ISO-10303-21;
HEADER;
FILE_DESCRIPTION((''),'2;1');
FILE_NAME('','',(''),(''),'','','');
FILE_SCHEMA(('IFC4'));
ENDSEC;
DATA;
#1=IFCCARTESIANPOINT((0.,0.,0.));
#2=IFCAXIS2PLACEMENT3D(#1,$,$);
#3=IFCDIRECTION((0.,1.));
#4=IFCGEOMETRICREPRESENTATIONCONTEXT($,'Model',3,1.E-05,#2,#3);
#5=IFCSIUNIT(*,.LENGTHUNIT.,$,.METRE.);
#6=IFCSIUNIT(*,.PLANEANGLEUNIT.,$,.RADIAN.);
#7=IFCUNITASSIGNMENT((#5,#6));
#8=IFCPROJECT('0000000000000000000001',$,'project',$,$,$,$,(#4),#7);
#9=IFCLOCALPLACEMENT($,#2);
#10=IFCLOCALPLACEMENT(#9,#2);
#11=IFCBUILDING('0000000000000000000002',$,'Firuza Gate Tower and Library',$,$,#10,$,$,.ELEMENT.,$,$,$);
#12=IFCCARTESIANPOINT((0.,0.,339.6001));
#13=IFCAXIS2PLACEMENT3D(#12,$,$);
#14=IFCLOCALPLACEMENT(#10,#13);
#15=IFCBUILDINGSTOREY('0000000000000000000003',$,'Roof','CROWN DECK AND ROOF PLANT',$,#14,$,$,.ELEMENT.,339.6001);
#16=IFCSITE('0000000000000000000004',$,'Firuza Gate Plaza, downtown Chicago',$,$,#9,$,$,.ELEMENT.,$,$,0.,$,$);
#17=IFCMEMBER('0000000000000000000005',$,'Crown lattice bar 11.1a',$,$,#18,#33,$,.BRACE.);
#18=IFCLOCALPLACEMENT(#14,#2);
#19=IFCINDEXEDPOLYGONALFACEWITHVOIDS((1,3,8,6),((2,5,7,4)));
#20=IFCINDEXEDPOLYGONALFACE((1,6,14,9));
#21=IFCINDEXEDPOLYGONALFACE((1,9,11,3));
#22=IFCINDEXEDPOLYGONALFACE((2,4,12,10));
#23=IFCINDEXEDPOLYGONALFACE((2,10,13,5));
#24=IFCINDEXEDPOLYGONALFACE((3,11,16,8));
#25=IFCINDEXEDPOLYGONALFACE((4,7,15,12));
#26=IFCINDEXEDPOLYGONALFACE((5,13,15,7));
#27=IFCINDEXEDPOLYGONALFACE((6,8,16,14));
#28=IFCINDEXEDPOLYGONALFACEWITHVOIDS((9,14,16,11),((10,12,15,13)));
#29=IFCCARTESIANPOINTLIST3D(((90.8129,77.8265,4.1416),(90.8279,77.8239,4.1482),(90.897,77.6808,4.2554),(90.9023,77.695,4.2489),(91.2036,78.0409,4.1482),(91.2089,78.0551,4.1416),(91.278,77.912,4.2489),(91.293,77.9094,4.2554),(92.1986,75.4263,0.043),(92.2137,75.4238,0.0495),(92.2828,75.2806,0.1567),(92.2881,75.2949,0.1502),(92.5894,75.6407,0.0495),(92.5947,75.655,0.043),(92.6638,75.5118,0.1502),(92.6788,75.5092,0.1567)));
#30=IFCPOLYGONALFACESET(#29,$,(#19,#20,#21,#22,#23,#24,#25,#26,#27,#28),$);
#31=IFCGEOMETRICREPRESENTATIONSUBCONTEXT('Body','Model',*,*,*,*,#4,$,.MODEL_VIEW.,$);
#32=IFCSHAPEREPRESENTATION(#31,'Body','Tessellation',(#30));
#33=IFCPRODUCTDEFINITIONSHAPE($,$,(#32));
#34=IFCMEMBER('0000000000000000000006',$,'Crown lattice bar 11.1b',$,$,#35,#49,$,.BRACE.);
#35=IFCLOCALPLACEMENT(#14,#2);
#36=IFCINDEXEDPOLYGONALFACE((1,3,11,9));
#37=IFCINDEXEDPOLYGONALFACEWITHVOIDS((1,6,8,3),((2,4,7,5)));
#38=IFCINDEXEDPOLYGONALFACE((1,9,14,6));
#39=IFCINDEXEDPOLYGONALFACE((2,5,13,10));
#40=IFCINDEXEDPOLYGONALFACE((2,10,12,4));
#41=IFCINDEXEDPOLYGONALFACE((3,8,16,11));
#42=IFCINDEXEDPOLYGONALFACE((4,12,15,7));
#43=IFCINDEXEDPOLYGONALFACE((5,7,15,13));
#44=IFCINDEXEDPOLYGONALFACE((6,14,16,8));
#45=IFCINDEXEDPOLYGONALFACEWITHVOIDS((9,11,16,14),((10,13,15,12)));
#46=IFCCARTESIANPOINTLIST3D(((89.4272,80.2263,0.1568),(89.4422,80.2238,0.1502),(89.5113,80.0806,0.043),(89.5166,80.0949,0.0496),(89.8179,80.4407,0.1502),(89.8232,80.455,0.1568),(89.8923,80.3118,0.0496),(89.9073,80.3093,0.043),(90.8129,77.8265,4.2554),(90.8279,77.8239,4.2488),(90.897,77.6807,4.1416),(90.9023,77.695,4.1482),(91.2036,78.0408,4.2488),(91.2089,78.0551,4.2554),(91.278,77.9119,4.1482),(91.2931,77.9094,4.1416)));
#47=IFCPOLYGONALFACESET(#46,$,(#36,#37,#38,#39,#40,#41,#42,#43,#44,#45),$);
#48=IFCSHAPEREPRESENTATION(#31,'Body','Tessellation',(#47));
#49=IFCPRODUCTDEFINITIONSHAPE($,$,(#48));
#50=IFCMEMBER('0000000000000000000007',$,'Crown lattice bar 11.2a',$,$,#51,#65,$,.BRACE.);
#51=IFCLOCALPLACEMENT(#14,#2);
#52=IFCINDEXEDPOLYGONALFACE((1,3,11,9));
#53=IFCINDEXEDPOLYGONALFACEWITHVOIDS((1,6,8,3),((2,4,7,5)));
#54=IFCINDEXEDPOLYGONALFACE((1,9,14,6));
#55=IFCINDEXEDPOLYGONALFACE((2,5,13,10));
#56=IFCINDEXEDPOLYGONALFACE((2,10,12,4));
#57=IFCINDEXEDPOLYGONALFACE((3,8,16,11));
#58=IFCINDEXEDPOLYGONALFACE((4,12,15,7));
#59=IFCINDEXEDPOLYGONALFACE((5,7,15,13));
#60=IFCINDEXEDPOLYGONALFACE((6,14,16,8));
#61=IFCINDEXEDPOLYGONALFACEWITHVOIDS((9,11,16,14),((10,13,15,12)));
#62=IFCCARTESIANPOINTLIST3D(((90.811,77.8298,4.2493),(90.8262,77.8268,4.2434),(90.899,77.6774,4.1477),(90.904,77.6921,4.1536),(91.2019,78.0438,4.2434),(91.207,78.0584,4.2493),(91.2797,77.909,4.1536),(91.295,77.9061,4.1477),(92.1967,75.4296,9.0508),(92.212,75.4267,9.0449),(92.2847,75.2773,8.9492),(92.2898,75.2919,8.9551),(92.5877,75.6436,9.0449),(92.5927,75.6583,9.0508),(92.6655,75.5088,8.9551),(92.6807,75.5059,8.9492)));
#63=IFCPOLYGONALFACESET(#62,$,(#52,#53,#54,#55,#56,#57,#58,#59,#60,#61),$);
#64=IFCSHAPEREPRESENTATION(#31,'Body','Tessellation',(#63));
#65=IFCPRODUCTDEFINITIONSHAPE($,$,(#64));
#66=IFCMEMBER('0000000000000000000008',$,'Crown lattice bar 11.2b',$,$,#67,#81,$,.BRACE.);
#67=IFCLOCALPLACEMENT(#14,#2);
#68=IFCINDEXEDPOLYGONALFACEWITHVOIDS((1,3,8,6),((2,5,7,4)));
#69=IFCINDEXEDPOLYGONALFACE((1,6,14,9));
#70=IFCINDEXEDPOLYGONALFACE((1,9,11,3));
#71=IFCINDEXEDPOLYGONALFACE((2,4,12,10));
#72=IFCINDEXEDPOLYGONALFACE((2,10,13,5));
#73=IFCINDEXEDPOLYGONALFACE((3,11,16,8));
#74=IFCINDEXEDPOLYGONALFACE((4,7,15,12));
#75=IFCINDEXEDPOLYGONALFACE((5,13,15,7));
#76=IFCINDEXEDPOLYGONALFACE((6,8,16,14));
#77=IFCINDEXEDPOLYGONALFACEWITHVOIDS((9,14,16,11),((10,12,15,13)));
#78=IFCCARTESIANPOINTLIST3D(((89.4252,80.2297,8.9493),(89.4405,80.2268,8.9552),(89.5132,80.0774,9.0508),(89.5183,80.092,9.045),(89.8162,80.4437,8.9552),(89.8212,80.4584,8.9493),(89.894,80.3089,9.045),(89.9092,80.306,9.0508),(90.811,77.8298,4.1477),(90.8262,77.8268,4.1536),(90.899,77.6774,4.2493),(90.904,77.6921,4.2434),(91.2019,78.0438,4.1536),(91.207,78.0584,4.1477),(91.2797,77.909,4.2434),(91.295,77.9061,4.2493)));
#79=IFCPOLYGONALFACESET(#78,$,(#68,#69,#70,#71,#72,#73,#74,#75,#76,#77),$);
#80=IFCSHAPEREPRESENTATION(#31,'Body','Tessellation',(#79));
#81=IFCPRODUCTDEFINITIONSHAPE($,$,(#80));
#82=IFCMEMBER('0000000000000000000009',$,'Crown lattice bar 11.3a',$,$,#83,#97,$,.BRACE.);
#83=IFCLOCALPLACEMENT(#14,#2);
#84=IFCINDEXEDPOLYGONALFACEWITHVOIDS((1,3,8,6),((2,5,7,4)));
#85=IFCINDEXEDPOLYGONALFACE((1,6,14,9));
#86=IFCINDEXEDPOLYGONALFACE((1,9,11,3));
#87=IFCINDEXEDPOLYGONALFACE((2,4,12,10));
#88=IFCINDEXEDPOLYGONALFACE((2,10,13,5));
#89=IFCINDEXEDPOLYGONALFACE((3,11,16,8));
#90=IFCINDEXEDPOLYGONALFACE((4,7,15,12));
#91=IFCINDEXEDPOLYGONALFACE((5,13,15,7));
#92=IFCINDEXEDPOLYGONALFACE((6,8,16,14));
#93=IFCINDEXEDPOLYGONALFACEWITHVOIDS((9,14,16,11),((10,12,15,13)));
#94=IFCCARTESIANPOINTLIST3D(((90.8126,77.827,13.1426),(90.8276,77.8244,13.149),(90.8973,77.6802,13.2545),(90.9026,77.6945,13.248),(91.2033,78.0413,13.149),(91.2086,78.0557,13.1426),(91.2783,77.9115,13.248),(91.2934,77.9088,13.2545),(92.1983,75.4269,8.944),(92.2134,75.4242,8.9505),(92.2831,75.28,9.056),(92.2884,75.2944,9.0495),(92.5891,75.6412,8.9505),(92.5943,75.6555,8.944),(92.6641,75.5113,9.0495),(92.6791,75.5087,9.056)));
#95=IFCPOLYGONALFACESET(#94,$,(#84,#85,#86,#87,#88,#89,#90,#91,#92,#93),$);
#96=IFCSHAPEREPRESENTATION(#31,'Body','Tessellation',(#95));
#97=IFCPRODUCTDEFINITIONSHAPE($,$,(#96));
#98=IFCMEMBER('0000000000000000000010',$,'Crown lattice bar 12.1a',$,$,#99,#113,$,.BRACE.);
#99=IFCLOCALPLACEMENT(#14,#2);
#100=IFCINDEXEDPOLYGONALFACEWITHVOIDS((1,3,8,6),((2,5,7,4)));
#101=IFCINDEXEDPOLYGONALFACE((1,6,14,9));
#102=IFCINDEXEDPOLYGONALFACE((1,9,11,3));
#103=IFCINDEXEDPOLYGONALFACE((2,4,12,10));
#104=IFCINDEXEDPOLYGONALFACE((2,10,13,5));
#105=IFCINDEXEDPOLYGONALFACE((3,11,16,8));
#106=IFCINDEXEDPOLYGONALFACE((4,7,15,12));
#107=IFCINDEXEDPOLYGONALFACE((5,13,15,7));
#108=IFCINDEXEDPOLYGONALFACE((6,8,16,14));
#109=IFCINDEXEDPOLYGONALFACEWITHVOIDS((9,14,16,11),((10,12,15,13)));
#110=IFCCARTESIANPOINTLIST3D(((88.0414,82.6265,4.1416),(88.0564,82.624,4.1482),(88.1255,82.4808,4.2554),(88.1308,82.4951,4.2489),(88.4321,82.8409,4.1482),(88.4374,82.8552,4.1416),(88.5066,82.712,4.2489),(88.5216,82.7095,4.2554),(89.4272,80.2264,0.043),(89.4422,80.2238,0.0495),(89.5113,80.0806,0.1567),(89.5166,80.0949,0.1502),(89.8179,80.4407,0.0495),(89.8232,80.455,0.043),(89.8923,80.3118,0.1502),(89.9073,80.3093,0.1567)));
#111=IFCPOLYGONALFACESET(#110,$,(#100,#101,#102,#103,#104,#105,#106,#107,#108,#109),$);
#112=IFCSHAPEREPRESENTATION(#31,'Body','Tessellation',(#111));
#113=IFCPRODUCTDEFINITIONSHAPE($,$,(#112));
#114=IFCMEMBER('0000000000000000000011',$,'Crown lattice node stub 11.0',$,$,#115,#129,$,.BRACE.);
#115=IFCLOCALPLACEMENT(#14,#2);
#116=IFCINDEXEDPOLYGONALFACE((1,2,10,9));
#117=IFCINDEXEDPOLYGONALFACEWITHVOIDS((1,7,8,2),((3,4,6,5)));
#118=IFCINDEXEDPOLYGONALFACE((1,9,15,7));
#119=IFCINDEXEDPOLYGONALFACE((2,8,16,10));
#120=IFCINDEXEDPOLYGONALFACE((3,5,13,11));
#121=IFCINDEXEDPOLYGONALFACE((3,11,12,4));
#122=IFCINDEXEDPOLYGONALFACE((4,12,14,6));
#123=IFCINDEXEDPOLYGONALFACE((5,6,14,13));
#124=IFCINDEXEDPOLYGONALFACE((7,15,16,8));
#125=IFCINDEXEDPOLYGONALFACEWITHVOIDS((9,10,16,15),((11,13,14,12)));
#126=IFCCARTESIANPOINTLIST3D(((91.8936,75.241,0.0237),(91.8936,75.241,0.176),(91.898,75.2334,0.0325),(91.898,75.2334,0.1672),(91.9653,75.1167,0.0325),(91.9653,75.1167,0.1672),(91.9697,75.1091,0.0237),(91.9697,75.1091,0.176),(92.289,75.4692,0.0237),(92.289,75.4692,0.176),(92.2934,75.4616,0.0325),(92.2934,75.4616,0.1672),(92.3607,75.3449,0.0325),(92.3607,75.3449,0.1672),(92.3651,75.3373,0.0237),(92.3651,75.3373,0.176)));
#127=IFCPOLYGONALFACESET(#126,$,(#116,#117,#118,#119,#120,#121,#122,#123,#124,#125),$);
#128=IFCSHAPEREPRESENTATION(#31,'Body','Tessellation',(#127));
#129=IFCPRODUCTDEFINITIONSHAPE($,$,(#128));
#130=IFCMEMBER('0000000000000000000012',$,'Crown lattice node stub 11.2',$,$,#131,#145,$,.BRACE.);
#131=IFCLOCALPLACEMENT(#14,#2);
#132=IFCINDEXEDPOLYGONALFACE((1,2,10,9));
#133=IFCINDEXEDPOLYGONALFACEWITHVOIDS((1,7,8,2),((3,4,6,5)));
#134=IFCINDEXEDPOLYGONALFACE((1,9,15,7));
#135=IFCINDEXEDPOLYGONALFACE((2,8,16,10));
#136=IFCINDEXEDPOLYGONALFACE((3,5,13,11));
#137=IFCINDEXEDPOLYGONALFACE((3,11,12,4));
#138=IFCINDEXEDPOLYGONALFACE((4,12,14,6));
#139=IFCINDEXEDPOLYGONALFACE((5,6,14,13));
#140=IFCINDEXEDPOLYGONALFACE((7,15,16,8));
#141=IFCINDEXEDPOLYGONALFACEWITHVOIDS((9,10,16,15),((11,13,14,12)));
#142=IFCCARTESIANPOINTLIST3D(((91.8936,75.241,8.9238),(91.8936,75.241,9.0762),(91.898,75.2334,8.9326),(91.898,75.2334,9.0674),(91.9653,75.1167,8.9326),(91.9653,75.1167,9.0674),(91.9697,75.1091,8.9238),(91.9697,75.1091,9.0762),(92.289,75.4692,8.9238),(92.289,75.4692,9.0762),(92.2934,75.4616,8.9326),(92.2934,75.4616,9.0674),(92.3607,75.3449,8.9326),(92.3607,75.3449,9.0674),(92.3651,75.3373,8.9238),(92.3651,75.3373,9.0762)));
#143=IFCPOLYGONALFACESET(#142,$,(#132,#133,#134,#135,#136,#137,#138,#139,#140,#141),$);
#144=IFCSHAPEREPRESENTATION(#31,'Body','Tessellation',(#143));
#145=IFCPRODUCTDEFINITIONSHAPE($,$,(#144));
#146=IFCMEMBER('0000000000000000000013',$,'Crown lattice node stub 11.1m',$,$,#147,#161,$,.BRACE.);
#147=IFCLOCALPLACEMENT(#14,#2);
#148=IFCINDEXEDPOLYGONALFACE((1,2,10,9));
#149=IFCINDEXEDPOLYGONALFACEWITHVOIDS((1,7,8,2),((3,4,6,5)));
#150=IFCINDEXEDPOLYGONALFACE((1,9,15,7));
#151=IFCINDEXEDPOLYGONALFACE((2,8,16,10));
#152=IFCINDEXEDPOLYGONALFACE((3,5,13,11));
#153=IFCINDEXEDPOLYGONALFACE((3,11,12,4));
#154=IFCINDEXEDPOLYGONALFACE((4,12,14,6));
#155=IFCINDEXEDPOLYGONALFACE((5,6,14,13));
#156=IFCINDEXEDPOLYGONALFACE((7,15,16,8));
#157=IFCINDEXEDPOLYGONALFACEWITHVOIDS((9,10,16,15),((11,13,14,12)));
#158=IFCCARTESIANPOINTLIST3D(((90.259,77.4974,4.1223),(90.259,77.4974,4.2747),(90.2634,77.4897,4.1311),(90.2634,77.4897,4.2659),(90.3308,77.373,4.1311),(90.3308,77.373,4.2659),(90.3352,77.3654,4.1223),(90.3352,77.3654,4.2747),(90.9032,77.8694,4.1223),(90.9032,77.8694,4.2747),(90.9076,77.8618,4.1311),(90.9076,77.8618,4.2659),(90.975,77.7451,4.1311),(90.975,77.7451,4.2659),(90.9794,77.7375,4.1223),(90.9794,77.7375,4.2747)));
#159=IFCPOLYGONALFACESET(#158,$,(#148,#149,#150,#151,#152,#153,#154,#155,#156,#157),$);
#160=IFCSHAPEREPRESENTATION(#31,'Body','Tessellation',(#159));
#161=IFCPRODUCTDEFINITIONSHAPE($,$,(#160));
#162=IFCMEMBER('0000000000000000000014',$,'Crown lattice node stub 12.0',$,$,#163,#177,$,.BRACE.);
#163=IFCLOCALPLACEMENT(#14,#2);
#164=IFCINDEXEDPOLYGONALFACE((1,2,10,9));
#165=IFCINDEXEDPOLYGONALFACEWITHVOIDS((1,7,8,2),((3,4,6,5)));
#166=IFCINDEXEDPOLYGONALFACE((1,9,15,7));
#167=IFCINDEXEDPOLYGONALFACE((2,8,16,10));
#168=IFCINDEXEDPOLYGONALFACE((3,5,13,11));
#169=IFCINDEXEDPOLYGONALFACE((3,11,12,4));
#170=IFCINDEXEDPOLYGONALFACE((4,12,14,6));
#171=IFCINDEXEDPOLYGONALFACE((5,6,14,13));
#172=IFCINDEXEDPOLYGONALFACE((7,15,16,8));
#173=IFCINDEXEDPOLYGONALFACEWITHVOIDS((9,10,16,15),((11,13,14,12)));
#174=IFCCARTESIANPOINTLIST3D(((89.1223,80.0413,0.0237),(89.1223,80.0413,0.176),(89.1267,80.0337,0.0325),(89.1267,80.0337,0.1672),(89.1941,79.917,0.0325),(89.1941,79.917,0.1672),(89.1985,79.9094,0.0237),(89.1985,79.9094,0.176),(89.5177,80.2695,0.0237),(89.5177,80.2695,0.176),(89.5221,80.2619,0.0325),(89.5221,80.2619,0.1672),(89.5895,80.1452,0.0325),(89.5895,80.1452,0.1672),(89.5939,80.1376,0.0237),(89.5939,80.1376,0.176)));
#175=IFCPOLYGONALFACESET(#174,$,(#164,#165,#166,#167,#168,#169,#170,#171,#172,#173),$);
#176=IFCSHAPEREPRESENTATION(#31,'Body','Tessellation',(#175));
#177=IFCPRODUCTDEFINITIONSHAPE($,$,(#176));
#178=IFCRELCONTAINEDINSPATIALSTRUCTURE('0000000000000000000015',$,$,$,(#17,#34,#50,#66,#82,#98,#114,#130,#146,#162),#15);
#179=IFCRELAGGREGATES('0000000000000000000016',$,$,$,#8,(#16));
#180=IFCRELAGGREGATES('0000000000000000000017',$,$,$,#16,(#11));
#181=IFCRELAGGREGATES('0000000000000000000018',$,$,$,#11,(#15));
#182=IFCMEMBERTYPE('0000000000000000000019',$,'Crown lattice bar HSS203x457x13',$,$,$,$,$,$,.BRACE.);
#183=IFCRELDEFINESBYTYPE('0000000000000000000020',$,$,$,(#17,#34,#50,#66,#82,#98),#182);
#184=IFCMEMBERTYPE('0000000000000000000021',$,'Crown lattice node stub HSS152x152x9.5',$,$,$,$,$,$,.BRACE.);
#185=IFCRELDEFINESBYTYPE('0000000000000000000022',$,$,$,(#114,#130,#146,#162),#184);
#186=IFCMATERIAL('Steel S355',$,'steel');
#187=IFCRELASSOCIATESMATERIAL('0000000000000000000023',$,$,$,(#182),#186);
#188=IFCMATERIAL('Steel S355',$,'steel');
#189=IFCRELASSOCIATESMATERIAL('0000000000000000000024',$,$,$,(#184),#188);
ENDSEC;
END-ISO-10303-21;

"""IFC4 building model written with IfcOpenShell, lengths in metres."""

from ifc_helpers import new_model, si_unit, direction, frame, origin, origin_2d, place, context, subcontext, project, spatial, hollow_rectangle, extrude, material, material_profile, profile_set, type_object, element, save


model = new_model("IFC4")

# Units and contexts
model_context = context("Model", 3, precision=1e-05, world=origin(), true_north=direction((0.0, 1.0)))
body_context = subcontext(model_context, "Body", "Model", "MODEL_VIEW")
ifc_project = project(units=[si_unit("LENGTHUNIT", "METRE"), si_unit("PLANEANGLEUNIT", "RADIAN")], contexts=[model_context])

# Site, building, storey
site_placement = place(None, origin())
site = spatial("IfcSite", under=ifc_project, at=site_placement, Name="Firuza Gate Plaza, downtown Chicago", CompositionType="ELEMENT", RefElevation=0.0)
building_placement = place(site_placement, origin())
building = spatial("IfcBuilding", under=site, at=building_placement, Name="Firuza Gate Tower and Library", CompositionType="ELEMENT")
storey_placement = place(building_placement, frame((0.0, 0.0, 339.6001)))
storey = spatial("IfcBuildingStorey", under=building, at=storey_placement, Name="Roof", Description="CROWN DECK AND ROOF PLANT", CompositionType="ELEMENT", Elevation=339.6001)

# Members
ifc_material_1 = material(Name="Steel S355", Category="steel")
ifc_material_profile_1 = material_profile(ifc_material_1, hollow_rectangle(XDim=0.4573, YDim=0.2031, WallThickness=0.0117, at=origin_2d()))
ifc_profile_set_1 = profile_set([ifc_material_profile_1], Name="Steel S355")
member_type_1 = type_object("IfcMemberType", Name="Crown lattice bar HSS203x457x13", PredefinedType="BRACE", material=ifc_profile_set_1)
member_1_placement = place(storey_placement, frame((92.4387, 75.4678, 0.0999), z_axis=(-0.280078, 0.485103, 0.828391), x_axis=(-0.866023, -0.500005, 0.0)))
element("IfcMember", 1, at=member_1_placement, inside=storey, type_object=member_type_1, Name="Crown lattice bar 11.1a", PredefinedType="BRACE", context=body_context, shape_type="SweptSolid", body=[
    extrude(hollow_rectangle(XDim=0.4573, YDim=0.2031, WallThickness=0.0117, at=origin_2d()), origin(), (0.0, 0.0, 1.0), 4.9478),
])
member_2_placement = place(storey_placement, frame((91.053, 77.8679, 4.1985), z_axis=(-0.280085, 0.485065, -0.828411), x_axis=(-0.866001, -0.500043, 0.0)))
element("IfcMember", 2, at=member_2_placement, inside=storey, type_object=member_type_1, Name="Crown lattice bar 11.1b", PredefinedType="BRACE", context=body_context, shape_type="SweptSolid", body=[
    extrude(hollow_rectangle(XDim=0.4573, YDim=0.2031, WallThickness=0.0117, at=origin_2d()), origin(), (0.0, 0.0, 1.0), 4.9475),
])
for number, where, z_axis, x_axis, name in (
    (3, (92.4387, 75.4678, 9.0), (-0.249955, 0.43293, -0.86608), (-0.866023, -0.500005, 0.0), "Crown lattice bar 11.2a"),
    (4, (91.053, 77.8679, 4.1985), (-0.24996, 0.432894, 0.866096), (-0.866001, -0.500043, 0.0), "Crown lattice bar 11.2b"),
):
    element("IfcMember", number, at=place(storey_placement, frame(where, z_axis=z_axis, x_axis=x_axis)), inside=storey, type_object=member_type_1, Name=name, PredefinedType="BRACE", context=body_context, shape_type="SweptSolid", body=[
        extrude(hollow_rectangle(XDim=0.4573, YDim=0.2031, WallThickness=0.0117, at=origin_2d()), origin(), (0.0, 0.0, 1.0), 5.5439),
    ])
member_3_placement = place(storey_placement, frame((92.4387, 75.4678, 9.0), z_axis=(-0.275455, 0.477097, 0.834568), x_axis=(-0.866023, -0.500005, 0.0)))
element("IfcMember", 5, at=member_3_placement, inside=storey, type_object=member_type_1, Name="Crown lattice bar 11.3a", PredefinedType="BRACE", context=body_context, shape_type="SweptSolid", body=[
    extrude(hollow_rectangle(XDim=0.4573, YDim=0.2031, WallThickness=0.0117, at=origin_2d()), origin(), (0.0, 0.0, 1.0), 5.0308),
])
member_4_placement = place(storey_placement, frame((89.6672, 80.2678, 0.0999), z_axis=(-0.280078, 0.485103, 0.828391), x_axis=(-0.866023, -0.500005, 0.0)))
element("IfcMember", 6, at=member_4_placement, inside=storey, type_object=member_type_1, Name="Crown lattice bar 12.1a", PredefinedType="BRACE", context=body_context, shape_type="SweptSolid", body=[
    extrude(hollow_rectangle(XDim=0.4573, YDim=0.2031, WallThickness=0.0117, at=origin_2d()), origin(), (0.0, 0.0, 1.0), 4.9478),
])
ifc_material_2 = material(Name="Steel S355", Category="steel")
ifc_material_profile_2 = material_profile(ifc_material_2, hollow_rectangle(XDim=0.1523, YDim=0.1523, WallThickness=0.0088, at=origin_2d()))
ifc_profile_set_2 = profile_set([ifc_material_profile_2], Name="Steel S355")
member_type_2 = type_object("IfcMemberType", Name="Crown lattice node stub HSS152x152x9.5", PredefinedType="BRACE", material=ifc_profile_set_2)
for number, where, z_axis, x_axis, name in (
    (7, (91.9316, 75.175, 0.0999), (0.866097, 0.499877, 0.0), (-0.499877, 0.866097, 0.0), "Crown lattice node stub 11.0"),
    (8, (91.9316, 75.175, 9.0), (0.866097, 0.499877, 0.0), (-0.499877, 0.866097, 0.0), "Crown lattice node stub 11.2"),
):
    element("IfcMember", number, at=place(storey_placement, frame(where, z_axis=z_axis, x_axis=x_axis)), inside=storey, type_object=member_type_2, Name=name, PredefinedType="BRACE", context=body_context, shape_type="SweptSolid", body=[
        extrude(hollow_rectangle(XDim=0.1523, YDim=0.1523, WallThickness=0.0088, at=origin_2d()), origin(), (0.0, 0.0, 1.0), 0.4565),
    ])
member_5_placement = place(storey_placement, frame((90.2971, 77.4314, 4.1985), z_axis=(0.865972, 0.500092, 0.0), x_axis=(-0.500092, 0.865972, 0.0)))
element("IfcMember", 9, at=member_5_placement, inside=storey, type_object=member_type_2, Name="Crown lattice node stub 11.1m", PredefinedType="BRACE", context=body_context, shape_type="SweptSolid", body=[
    extrude(hollow_rectangle(XDim=0.1523, YDim=0.1523, WallThickness=0.0088, at=origin_2d()), origin(), (0.0, 0.0, 1.0), 0.7439),
])
member_6_placement = place(storey_placement, frame((89.1604, 79.9753, 0.0999), z_axis=(0.866097, 0.499877, 0.0), x_axis=(-0.499877, 0.866097, 0.0)))
element("IfcMember", 10, at=member_6_placement, inside=storey, type_object=member_type_2, Name="Crown lattice node stub 12.0", PredefinedType="BRACE", context=body_context, shape_type="SweptSolid", body=[
    extrude(hollow_rectangle(XDim=0.1523, YDim=0.1523, WallThickness=0.0088, at=origin_2d()), origin(), (0.0, 0.0, 1.0), 0.4565),
])

save(model, "model.ifc")
